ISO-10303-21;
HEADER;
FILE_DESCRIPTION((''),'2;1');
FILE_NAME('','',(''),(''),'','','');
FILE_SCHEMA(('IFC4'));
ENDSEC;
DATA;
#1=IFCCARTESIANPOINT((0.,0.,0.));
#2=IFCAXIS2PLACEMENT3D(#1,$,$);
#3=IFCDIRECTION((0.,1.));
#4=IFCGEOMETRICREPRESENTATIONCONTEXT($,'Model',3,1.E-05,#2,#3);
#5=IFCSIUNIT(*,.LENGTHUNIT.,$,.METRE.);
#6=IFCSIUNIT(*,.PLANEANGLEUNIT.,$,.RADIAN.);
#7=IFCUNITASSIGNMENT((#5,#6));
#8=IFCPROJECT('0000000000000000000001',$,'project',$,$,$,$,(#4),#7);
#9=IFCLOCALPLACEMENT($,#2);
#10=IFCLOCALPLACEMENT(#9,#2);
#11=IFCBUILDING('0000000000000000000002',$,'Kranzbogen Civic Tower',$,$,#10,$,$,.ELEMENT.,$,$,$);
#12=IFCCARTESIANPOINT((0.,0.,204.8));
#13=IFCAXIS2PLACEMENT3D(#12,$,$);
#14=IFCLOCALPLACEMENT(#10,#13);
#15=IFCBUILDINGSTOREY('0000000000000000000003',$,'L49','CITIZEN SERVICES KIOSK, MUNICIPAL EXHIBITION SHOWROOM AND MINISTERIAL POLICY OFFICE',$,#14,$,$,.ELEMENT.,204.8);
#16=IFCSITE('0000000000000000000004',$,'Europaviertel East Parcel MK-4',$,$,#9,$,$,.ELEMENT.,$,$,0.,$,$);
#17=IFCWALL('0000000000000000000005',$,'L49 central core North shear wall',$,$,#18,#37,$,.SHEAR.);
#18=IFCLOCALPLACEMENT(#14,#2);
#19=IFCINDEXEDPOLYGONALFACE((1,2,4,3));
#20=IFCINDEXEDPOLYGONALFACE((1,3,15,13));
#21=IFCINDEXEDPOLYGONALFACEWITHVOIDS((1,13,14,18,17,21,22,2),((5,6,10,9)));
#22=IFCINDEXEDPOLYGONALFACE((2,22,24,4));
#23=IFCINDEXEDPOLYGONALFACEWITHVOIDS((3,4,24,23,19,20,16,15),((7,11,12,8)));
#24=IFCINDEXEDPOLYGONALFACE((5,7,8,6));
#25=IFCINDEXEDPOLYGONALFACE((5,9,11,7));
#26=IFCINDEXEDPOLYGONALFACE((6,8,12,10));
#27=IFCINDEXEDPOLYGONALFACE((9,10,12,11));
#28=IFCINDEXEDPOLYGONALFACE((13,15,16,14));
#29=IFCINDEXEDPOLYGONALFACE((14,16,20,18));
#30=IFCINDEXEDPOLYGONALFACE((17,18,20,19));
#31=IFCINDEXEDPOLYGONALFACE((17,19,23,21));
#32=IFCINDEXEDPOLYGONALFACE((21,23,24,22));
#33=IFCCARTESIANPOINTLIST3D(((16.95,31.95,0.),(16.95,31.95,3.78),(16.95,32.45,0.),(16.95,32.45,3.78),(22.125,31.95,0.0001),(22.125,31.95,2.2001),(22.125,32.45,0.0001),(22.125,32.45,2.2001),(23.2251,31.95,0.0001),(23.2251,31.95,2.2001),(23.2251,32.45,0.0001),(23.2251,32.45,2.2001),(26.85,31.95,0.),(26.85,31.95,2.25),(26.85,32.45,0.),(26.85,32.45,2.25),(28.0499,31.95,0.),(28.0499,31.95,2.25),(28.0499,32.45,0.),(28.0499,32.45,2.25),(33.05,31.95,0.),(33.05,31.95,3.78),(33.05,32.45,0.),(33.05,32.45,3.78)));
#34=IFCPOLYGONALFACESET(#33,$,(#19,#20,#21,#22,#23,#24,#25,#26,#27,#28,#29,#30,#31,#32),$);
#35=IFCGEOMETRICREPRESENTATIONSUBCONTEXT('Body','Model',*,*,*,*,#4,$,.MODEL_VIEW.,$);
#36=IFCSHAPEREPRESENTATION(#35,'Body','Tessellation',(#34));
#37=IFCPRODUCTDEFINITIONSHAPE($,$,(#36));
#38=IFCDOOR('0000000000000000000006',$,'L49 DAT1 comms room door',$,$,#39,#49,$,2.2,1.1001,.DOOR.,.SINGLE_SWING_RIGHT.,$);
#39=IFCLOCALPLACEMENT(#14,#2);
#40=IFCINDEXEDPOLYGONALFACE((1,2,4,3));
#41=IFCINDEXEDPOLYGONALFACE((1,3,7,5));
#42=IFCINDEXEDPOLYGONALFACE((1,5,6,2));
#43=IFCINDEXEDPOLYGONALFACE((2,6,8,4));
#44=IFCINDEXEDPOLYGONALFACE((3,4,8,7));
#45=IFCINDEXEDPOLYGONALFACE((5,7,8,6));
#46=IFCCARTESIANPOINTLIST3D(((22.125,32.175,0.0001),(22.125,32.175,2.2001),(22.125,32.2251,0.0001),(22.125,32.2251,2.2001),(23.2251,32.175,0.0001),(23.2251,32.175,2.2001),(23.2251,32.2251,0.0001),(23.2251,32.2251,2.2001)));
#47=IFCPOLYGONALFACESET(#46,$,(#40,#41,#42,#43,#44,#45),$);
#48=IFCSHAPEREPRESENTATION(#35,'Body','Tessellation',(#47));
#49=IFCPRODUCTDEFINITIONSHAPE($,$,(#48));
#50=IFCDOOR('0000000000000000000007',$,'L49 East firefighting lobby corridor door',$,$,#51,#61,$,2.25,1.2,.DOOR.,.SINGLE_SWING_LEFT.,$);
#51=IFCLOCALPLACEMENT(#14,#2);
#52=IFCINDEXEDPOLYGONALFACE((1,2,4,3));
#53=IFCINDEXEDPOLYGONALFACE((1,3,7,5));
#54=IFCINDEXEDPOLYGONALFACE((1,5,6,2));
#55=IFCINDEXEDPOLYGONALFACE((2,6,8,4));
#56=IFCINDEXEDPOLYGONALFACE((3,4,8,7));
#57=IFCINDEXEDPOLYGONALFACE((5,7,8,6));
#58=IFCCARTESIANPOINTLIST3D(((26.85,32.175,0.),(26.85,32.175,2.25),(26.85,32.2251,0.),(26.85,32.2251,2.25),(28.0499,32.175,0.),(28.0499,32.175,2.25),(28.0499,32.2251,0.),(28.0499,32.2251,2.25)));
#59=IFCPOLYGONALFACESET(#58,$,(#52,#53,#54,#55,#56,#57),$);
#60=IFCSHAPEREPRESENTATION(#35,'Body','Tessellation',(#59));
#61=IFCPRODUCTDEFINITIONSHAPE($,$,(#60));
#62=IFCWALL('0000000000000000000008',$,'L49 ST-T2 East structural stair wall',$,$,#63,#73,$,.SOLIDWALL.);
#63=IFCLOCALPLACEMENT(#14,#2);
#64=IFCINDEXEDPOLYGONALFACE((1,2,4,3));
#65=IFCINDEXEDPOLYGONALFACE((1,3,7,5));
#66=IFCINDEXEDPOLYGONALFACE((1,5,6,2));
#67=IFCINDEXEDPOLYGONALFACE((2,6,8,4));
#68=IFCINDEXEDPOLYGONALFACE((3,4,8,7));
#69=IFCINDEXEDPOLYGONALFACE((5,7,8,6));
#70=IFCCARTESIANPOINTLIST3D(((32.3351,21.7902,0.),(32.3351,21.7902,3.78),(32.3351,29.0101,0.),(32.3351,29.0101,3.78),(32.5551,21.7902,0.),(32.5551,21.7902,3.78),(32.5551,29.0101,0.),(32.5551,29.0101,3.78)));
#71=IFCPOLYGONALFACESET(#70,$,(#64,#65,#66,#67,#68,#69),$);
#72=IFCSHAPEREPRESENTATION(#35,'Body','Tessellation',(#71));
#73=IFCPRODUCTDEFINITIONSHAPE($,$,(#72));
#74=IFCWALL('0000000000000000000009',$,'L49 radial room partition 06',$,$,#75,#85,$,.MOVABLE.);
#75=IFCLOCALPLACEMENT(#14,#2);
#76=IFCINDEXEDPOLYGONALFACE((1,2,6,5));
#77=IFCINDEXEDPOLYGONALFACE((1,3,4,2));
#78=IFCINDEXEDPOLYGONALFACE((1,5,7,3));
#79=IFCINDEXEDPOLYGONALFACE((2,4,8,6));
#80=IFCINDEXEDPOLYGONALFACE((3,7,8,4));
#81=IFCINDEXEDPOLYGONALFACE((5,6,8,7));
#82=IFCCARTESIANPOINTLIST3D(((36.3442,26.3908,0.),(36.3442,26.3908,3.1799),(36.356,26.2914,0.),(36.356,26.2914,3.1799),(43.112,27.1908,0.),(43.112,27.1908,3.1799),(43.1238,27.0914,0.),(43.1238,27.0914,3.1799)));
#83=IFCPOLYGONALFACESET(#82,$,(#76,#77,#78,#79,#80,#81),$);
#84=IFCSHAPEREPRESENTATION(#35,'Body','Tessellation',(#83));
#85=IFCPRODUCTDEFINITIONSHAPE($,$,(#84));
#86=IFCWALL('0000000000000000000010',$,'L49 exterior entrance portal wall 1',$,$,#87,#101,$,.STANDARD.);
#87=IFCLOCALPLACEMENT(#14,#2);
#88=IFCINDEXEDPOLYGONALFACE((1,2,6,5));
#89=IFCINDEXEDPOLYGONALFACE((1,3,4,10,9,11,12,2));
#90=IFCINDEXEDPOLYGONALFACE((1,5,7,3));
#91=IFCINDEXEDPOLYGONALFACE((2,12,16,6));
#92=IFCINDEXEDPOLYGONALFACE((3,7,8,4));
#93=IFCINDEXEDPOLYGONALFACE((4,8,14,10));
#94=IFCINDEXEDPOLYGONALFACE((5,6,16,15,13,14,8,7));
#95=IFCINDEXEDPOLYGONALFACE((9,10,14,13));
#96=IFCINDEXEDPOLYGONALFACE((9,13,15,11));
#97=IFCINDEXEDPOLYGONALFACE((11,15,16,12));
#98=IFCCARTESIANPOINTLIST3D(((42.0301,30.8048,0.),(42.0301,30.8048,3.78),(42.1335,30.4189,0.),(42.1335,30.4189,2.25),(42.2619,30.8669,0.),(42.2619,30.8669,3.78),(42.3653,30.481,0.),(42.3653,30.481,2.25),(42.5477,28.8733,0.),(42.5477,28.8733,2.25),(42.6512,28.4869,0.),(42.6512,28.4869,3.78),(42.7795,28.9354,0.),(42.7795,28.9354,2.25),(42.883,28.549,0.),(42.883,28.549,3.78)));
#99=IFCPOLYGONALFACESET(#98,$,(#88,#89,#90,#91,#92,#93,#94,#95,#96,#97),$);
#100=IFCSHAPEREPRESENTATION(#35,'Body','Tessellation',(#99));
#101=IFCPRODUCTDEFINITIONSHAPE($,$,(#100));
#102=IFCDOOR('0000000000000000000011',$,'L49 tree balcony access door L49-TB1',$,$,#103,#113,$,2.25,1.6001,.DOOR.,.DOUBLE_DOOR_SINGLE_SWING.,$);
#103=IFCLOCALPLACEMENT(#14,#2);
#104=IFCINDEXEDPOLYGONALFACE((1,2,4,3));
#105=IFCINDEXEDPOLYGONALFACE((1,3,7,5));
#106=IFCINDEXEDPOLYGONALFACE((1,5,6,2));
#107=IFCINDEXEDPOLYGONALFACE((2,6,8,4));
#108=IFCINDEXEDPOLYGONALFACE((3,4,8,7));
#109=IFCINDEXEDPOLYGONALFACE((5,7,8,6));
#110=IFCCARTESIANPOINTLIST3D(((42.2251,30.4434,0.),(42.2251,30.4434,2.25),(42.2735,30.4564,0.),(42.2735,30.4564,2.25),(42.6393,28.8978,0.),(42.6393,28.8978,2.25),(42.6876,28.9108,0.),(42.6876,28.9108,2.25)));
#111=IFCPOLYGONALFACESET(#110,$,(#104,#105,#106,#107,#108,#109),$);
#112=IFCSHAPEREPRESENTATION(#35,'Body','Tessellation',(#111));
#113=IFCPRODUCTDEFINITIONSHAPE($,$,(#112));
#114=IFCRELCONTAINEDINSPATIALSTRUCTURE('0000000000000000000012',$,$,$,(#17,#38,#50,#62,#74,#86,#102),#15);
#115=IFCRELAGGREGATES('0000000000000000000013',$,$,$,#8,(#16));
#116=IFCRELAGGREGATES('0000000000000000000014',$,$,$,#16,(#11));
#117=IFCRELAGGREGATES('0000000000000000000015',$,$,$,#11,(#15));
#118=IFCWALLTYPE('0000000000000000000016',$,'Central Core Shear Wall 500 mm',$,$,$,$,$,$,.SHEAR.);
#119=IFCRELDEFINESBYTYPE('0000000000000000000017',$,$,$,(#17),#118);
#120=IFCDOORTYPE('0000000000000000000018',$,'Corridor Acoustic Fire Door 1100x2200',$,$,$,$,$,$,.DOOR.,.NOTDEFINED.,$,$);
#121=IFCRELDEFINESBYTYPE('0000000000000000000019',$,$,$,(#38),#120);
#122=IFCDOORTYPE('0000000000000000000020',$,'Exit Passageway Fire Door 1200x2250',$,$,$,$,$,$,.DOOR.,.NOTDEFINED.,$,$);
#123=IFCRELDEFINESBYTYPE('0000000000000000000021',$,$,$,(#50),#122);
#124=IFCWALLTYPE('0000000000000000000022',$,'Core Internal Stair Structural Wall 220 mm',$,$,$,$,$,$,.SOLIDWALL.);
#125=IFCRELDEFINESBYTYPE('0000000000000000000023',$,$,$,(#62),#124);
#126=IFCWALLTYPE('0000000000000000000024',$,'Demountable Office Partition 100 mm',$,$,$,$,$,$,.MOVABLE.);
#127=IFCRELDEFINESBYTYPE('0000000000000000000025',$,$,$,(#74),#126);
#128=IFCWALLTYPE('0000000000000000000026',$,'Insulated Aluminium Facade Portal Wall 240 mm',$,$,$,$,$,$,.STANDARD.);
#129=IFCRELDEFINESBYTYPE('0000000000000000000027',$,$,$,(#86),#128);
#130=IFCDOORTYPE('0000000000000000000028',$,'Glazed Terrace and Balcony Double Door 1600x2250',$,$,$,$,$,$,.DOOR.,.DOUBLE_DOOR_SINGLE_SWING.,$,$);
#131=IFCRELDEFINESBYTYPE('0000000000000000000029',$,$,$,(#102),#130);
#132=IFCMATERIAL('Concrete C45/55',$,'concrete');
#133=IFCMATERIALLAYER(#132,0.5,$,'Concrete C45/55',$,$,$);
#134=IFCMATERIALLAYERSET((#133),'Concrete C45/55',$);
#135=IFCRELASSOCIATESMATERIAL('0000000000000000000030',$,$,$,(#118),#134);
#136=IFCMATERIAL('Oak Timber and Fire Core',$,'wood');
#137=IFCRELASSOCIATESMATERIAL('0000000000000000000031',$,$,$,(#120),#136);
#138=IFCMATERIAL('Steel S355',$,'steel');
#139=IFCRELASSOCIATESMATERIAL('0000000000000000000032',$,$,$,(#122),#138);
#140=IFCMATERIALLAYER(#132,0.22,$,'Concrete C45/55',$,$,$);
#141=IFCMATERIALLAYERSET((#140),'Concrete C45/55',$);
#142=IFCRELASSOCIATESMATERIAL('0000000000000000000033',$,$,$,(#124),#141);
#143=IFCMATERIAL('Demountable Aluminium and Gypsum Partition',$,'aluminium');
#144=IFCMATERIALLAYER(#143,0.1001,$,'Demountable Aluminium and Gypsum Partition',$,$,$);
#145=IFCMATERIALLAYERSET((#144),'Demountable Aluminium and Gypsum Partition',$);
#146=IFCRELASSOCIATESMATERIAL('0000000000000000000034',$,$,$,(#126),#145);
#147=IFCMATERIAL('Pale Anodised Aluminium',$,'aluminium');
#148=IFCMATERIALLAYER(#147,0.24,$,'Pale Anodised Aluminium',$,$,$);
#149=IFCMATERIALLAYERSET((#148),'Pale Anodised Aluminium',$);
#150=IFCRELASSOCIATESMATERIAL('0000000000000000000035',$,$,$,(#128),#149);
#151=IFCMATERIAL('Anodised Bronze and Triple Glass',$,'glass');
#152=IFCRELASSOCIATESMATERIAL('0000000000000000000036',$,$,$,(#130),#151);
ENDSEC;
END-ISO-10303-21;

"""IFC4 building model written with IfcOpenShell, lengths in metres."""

from ifc_helpers import new_model, si_unit, direction, frame, frame_2d, origin, place, context, subcontext, project, spatial, rectangle, extrude, material, layer, layer_set, type_object, element, fill, save


model = new_model("IFC4")

# Units and contexts
model_context = context("Model", 3, precision=1e-05, world=origin(), true_north=direction((0.0, 1.0)))
body_context = subcontext(model_context, "Body", "Model", "MODEL_VIEW")
ifc_project = project(units=[si_unit("LENGTHUNIT", "METRE"), si_unit("PLANEANGLEUNIT", "RADIAN")], contexts=[model_context])

# Site, building, storey
site_placement = place(None, origin())
site = spatial("IfcSite", under=ifc_project, at=site_placement, Name="Europaviertel East Parcel MK-4", CompositionType="ELEMENT", RefElevation=0.0)
building_placement = place(site_placement, origin())
building = spatial("IfcBuilding", under=site, at=building_placement, Name="Kranzbogen Civic Tower", CompositionType="ELEMENT")
storey_placement = place(building_placement, frame((0.0, 0.0, 204.8)))
storey = spatial("IfcBuildingStorey", under=building, at=storey_placement, Name="L49", Description="CITIZEN SERVICES KIOSK, MUNICIPAL EXHIBITION SHOWROOM AND MINISTERIAL POLICY OFFICE", CompositionType="ELEMENT", Elevation=204.8)

# Shared definitions
ifc_material_1 = material(Name="Pale Anodised Aluminium", Category="aluminium")

# Shared definitions
ifc_material_2 = material(Name="Steel S355", Category="steel")

# Wall, openings, doors
ifc_material_3 = material(Name="Concrete C45/55", Category="concrete")
ifc_layer_1 = layer(ifc_material_3, 0.5, Name="Concrete C45/55")
ifc_layer_set_1 = layer_set([ifc_layer_1], Name="Concrete C45/55")
wall_type_1 = type_object("IfcWallType", Name="Central Core Shear Wall 500 mm", PredefinedType="SHEAR", material=ifc_layer_set_1)
wall_1_placement = place(storey_placement, frame((33.05, 32.2, 0.0), z_axis=(0.0, 0.0, 1.0), x_axis=(-1.0, 0.0, 0.0)))
wall_1 = element("IfcWall", 1, at=wall_1_placement, inside=storey, type_object=wall_type_1, Name="L49 central core North shear wall", PredefinedType="SHEAR", context=body_context, shape_type="SweptSolid", body=[
    extrude(rectangle(XDim=16.1001, YDim=0.5, at=frame_2d((8.05, 0.0))), origin(), (0.0, 0.0, 1.0), 3.78),
])
opening_1_placement = place(wall_1_placement, frame((5.0, 0.0, 0.0)))
opening_1 = element("IfcOpeningElement", 2, at=opening_1_placement, cuts=wall_1, PredefinedType="OPENING", context=body_context, shape_type="SweptSolid", body=[
    extrude(rectangle(XDim=1.2, YDim=2.25, at=frame_2d((0.6001, 1.125))), frame((0.0, 0.26, 0.0), z_axis=(0.0, -1.0, 0.0), x_axis=(1.0, 0.0, 0.0)), (0.0, 0.0, 1.0), 0.52),
])
opening_2_placement = place(wall_1_placement, frame((9.825, 0.0, 0.0)))
opening_2 = element("IfcOpeningElement", 3, at=opening_2_placement, cuts=wall_1, PredefinedType="OPENING", context=body_context, shape_type="SweptSolid", body=[
    extrude(rectangle(XDim=1.1001, YDim=2.2, at=frame_2d((0.55, 1.1001))), frame((0.0, 0.26, 0.0), z_axis=(0.0, -1.0, 0.0), x_axis=(1.0, 0.0, 0.0)), (0.0, 0.0, 1.0), 0.52),
])
ifc_material_4 = material(Name="Oak Timber and Fire Core", Category="wood")
door_type_1 = type_object("IfcDoorType", Name="Corridor Acoustic Fire Door 1100x2200", OperationType="NOTDEFINED", PredefinedType="DOOR", material=ifc_material_4)
door_1_placement = place(opening_2_placement, origin())
door_1 = element("IfcDoor", 4, at=door_1_placement, inside=storey, type_object=door_type_1, Name="L49 DAT1 comms room door", OperationType="SINGLE_SWING_RIGHT", OverallHeight=2.2, OverallWidth=1.1001, PredefinedType="DOOR", context=body_context, shape_type="SweptSolid", body=[
    extrude(rectangle(XDim=1.1001, YDim=2.2, at=frame_2d((0.55, 1.1001))), frame((0.0, 0.0249, 0.0), z_axis=(0.0, -1.0, 0.0), x_axis=(1.0, 0.0, 0.0)), (0.0, 0.0, 1.0), 0.05),
])
fill(opening_2, door_1)
door_type_2 = type_object("IfcDoorType", Name="Exit Passageway Fire Door 1200x2250", OperationType="NOTDEFINED", PredefinedType="DOOR", material=ifc_material_2)
door_2_placement = place(opening_1_placement, origin())
door_2 = element("IfcDoor", 5, at=door_2_placement, inside=storey, type_object=door_type_2, Name="L49 East firefighting lobby corridor door", OperationType="SINGLE_SWING_LEFT", OverallHeight=2.25, OverallWidth=1.2, PredefinedType="DOOR", context=body_context, shape_type="SweptSolid", body=[
    extrude(rectangle(XDim=1.2, YDim=2.25, at=frame_2d((0.6001, 1.125))), frame((0.0, 0.0249, 0.0), z_axis=(0.0, -1.0, 0.0), x_axis=(1.0, 0.0, 0.0)), (0.0, 0.0, 1.0), 0.05),
])
fill(opening_1, door_2)

# Walls
ifc_layer_2 = layer(ifc_material_3, 0.22, Name="Concrete C45/55")
ifc_layer_set_2 = layer_set([ifc_layer_2], Name="Concrete C45/55")
wall_type_2 = type_object("IfcWallType", Name="Core Internal Stair Structural Wall 220 mm", PredefinedType="SOLIDWALL", material=ifc_layer_set_2)
wall_2_placement = place(storey_placement, frame((32.4451, 29.01, 0.0), z_axis=(0.0, 0.0, 1.0), x_axis=(0.0, -1.0, 0.0)))
element("IfcWall", 6, at=wall_2_placement, inside=storey, type_object=wall_type_2, Name="L49 ST-T2 East structural stair wall", PredefinedType="SOLIDWALL", context=body_context, shape_type="SweptSolid", body=[
    extrude(rectangle(XDim=7.22, YDim=0.22, at=frame_2d((3.6099, 0.0))), origin(), (0.0, 0.0, 1.0), 3.78),
])
ifc_material_5 = material(Name="Demountable Aluminium and Gypsum Partition", Category="aluminium")
ifc_layer_3 = layer(ifc_material_5, 0.1001, Name="Demountable Aluminium and Gypsum Partition")
ifc_layer_set_3 = layer_set([ifc_layer_3], Name="Demountable Aluminium and Gypsum Partition")
wall_type_3 = type_object("IfcWallType", Name="Demountable Office Partition 100 mm", PredefinedType="MOVABLE", material=ifc_layer_set_3)
wall_3_placement = place(storey_placement, frame((36.3501, 26.3411, 0.0), z_axis=(0.0, 0.0, 1.0), x_axis=(0.993085, 0.117396, 0.0)))
element("IfcWall", 7, at=wall_3_placement, inside=storey, type_object=wall_type_3, Name="L49 radial room partition 06", PredefinedType="MOVABLE", context=body_context, shape_type="SweptSolid", body=[
    extrude(rectangle(XDim=6.8149, YDim=0.1001, at=frame_2d((3.4075, 0.0))), origin(), (0.0, 0.0, 1.0), 3.1799),
])

# Wall, opening, door
ifc_layer_4 = layer(ifc_material_1, 0.24, Name="Pale Anodised Aluminium")
ifc_layer_set_4 = layer_set([ifc_layer_4], Name="Pale Anodised Aluminium")
wall_type_4 = type_object("IfcWallType", Name="Insulated Aluminium Facade Portal Wall 240 mm", PredefinedType="STANDARD", material=ifc_layer_set_4)
wall_4_placement = place(storey_placement, frame((42.7671, 28.5181, 0.0), z_axis=(0.0, 0.0, 1.0), x_axis=(-0.258828, 0.965924, 0.0)))
wall_4 = element("IfcWall", 8, at=wall_4_placement, inside=storey, type_object=wall_type_4, Name="L49 exterior entrance portal wall 1", PredefinedType="STANDARD", context=body_context, shape_type="SweptSolid", body=[
    extrude(rectangle(XDim=2.3997, YDim=0.24, at=frame_2d((1.1997, 0.0))), origin(), (0.0, 0.0, 1.0), 3.78),
])
opening_3_placement = place(wall_4_placement, frame((0.3999, 0.0, 0.0)))
opening_3 = element("IfcOpeningElement", 9, at=opening_3_placement, cuts=wall_4, PredefinedType="OPENING", context=body_context, shape_type="SweptSolid", body=[
    extrude(rectangle(XDim=1.6001, YDim=2.25, at=frame_2d((0.8, 1.125))), frame((0.0, 0.1299, 0.0), z_axis=(0.0, -1.0, 0.0), x_axis=(1.0, 0.0, 0.0)), (0.0, 0.0, 1.0), 0.26),
])
ifc_material_6 = material(Name="Anodised Bronze and Triple Glass", Category="glass")
door_type_3 = type_object("IfcDoorType", Name="Glazed Terrace and Balcony Double Door 1600x2250", OperationType="DOUBLE_DOOR_SINGLE_SWING", PredefinedType="DOOR", material=ifc_material_6)
door_3_placement = place(opening_3_placement, frame((1.6001, 0.0, 0.0), z_axis=(0.0, 0.0, 1.0), x_axis=(-1.0, 0.0, 0.0)))
door_3 = element("IfcDoor", 10, at=door_3_placement, inside=storey, type_object=door_type_3, Name="L49 tree balcony access door L49-TB1", OperationType="DOUBLE_DOOR_SINGLE_SWING", OverallHeight=2.25, OverallWidth=1.6001, PredefinedType="DOOR", context=body_context, shape_type="SweptSolid", body=[
    extrude(rectangle(XDim=1.6001, YDim=2.25, at=frame_2d((0.8, 1.125))), frame((0.0, 0.0249, 0.0), z_axis=(0.0, -1.0, 0.0), x_axis=(1.0, 0.0, 0.0)), (0.0, 0.0, 1.0), 0.05),
])
fill(opening_3, door_3)

save(model, "model.ifc")
